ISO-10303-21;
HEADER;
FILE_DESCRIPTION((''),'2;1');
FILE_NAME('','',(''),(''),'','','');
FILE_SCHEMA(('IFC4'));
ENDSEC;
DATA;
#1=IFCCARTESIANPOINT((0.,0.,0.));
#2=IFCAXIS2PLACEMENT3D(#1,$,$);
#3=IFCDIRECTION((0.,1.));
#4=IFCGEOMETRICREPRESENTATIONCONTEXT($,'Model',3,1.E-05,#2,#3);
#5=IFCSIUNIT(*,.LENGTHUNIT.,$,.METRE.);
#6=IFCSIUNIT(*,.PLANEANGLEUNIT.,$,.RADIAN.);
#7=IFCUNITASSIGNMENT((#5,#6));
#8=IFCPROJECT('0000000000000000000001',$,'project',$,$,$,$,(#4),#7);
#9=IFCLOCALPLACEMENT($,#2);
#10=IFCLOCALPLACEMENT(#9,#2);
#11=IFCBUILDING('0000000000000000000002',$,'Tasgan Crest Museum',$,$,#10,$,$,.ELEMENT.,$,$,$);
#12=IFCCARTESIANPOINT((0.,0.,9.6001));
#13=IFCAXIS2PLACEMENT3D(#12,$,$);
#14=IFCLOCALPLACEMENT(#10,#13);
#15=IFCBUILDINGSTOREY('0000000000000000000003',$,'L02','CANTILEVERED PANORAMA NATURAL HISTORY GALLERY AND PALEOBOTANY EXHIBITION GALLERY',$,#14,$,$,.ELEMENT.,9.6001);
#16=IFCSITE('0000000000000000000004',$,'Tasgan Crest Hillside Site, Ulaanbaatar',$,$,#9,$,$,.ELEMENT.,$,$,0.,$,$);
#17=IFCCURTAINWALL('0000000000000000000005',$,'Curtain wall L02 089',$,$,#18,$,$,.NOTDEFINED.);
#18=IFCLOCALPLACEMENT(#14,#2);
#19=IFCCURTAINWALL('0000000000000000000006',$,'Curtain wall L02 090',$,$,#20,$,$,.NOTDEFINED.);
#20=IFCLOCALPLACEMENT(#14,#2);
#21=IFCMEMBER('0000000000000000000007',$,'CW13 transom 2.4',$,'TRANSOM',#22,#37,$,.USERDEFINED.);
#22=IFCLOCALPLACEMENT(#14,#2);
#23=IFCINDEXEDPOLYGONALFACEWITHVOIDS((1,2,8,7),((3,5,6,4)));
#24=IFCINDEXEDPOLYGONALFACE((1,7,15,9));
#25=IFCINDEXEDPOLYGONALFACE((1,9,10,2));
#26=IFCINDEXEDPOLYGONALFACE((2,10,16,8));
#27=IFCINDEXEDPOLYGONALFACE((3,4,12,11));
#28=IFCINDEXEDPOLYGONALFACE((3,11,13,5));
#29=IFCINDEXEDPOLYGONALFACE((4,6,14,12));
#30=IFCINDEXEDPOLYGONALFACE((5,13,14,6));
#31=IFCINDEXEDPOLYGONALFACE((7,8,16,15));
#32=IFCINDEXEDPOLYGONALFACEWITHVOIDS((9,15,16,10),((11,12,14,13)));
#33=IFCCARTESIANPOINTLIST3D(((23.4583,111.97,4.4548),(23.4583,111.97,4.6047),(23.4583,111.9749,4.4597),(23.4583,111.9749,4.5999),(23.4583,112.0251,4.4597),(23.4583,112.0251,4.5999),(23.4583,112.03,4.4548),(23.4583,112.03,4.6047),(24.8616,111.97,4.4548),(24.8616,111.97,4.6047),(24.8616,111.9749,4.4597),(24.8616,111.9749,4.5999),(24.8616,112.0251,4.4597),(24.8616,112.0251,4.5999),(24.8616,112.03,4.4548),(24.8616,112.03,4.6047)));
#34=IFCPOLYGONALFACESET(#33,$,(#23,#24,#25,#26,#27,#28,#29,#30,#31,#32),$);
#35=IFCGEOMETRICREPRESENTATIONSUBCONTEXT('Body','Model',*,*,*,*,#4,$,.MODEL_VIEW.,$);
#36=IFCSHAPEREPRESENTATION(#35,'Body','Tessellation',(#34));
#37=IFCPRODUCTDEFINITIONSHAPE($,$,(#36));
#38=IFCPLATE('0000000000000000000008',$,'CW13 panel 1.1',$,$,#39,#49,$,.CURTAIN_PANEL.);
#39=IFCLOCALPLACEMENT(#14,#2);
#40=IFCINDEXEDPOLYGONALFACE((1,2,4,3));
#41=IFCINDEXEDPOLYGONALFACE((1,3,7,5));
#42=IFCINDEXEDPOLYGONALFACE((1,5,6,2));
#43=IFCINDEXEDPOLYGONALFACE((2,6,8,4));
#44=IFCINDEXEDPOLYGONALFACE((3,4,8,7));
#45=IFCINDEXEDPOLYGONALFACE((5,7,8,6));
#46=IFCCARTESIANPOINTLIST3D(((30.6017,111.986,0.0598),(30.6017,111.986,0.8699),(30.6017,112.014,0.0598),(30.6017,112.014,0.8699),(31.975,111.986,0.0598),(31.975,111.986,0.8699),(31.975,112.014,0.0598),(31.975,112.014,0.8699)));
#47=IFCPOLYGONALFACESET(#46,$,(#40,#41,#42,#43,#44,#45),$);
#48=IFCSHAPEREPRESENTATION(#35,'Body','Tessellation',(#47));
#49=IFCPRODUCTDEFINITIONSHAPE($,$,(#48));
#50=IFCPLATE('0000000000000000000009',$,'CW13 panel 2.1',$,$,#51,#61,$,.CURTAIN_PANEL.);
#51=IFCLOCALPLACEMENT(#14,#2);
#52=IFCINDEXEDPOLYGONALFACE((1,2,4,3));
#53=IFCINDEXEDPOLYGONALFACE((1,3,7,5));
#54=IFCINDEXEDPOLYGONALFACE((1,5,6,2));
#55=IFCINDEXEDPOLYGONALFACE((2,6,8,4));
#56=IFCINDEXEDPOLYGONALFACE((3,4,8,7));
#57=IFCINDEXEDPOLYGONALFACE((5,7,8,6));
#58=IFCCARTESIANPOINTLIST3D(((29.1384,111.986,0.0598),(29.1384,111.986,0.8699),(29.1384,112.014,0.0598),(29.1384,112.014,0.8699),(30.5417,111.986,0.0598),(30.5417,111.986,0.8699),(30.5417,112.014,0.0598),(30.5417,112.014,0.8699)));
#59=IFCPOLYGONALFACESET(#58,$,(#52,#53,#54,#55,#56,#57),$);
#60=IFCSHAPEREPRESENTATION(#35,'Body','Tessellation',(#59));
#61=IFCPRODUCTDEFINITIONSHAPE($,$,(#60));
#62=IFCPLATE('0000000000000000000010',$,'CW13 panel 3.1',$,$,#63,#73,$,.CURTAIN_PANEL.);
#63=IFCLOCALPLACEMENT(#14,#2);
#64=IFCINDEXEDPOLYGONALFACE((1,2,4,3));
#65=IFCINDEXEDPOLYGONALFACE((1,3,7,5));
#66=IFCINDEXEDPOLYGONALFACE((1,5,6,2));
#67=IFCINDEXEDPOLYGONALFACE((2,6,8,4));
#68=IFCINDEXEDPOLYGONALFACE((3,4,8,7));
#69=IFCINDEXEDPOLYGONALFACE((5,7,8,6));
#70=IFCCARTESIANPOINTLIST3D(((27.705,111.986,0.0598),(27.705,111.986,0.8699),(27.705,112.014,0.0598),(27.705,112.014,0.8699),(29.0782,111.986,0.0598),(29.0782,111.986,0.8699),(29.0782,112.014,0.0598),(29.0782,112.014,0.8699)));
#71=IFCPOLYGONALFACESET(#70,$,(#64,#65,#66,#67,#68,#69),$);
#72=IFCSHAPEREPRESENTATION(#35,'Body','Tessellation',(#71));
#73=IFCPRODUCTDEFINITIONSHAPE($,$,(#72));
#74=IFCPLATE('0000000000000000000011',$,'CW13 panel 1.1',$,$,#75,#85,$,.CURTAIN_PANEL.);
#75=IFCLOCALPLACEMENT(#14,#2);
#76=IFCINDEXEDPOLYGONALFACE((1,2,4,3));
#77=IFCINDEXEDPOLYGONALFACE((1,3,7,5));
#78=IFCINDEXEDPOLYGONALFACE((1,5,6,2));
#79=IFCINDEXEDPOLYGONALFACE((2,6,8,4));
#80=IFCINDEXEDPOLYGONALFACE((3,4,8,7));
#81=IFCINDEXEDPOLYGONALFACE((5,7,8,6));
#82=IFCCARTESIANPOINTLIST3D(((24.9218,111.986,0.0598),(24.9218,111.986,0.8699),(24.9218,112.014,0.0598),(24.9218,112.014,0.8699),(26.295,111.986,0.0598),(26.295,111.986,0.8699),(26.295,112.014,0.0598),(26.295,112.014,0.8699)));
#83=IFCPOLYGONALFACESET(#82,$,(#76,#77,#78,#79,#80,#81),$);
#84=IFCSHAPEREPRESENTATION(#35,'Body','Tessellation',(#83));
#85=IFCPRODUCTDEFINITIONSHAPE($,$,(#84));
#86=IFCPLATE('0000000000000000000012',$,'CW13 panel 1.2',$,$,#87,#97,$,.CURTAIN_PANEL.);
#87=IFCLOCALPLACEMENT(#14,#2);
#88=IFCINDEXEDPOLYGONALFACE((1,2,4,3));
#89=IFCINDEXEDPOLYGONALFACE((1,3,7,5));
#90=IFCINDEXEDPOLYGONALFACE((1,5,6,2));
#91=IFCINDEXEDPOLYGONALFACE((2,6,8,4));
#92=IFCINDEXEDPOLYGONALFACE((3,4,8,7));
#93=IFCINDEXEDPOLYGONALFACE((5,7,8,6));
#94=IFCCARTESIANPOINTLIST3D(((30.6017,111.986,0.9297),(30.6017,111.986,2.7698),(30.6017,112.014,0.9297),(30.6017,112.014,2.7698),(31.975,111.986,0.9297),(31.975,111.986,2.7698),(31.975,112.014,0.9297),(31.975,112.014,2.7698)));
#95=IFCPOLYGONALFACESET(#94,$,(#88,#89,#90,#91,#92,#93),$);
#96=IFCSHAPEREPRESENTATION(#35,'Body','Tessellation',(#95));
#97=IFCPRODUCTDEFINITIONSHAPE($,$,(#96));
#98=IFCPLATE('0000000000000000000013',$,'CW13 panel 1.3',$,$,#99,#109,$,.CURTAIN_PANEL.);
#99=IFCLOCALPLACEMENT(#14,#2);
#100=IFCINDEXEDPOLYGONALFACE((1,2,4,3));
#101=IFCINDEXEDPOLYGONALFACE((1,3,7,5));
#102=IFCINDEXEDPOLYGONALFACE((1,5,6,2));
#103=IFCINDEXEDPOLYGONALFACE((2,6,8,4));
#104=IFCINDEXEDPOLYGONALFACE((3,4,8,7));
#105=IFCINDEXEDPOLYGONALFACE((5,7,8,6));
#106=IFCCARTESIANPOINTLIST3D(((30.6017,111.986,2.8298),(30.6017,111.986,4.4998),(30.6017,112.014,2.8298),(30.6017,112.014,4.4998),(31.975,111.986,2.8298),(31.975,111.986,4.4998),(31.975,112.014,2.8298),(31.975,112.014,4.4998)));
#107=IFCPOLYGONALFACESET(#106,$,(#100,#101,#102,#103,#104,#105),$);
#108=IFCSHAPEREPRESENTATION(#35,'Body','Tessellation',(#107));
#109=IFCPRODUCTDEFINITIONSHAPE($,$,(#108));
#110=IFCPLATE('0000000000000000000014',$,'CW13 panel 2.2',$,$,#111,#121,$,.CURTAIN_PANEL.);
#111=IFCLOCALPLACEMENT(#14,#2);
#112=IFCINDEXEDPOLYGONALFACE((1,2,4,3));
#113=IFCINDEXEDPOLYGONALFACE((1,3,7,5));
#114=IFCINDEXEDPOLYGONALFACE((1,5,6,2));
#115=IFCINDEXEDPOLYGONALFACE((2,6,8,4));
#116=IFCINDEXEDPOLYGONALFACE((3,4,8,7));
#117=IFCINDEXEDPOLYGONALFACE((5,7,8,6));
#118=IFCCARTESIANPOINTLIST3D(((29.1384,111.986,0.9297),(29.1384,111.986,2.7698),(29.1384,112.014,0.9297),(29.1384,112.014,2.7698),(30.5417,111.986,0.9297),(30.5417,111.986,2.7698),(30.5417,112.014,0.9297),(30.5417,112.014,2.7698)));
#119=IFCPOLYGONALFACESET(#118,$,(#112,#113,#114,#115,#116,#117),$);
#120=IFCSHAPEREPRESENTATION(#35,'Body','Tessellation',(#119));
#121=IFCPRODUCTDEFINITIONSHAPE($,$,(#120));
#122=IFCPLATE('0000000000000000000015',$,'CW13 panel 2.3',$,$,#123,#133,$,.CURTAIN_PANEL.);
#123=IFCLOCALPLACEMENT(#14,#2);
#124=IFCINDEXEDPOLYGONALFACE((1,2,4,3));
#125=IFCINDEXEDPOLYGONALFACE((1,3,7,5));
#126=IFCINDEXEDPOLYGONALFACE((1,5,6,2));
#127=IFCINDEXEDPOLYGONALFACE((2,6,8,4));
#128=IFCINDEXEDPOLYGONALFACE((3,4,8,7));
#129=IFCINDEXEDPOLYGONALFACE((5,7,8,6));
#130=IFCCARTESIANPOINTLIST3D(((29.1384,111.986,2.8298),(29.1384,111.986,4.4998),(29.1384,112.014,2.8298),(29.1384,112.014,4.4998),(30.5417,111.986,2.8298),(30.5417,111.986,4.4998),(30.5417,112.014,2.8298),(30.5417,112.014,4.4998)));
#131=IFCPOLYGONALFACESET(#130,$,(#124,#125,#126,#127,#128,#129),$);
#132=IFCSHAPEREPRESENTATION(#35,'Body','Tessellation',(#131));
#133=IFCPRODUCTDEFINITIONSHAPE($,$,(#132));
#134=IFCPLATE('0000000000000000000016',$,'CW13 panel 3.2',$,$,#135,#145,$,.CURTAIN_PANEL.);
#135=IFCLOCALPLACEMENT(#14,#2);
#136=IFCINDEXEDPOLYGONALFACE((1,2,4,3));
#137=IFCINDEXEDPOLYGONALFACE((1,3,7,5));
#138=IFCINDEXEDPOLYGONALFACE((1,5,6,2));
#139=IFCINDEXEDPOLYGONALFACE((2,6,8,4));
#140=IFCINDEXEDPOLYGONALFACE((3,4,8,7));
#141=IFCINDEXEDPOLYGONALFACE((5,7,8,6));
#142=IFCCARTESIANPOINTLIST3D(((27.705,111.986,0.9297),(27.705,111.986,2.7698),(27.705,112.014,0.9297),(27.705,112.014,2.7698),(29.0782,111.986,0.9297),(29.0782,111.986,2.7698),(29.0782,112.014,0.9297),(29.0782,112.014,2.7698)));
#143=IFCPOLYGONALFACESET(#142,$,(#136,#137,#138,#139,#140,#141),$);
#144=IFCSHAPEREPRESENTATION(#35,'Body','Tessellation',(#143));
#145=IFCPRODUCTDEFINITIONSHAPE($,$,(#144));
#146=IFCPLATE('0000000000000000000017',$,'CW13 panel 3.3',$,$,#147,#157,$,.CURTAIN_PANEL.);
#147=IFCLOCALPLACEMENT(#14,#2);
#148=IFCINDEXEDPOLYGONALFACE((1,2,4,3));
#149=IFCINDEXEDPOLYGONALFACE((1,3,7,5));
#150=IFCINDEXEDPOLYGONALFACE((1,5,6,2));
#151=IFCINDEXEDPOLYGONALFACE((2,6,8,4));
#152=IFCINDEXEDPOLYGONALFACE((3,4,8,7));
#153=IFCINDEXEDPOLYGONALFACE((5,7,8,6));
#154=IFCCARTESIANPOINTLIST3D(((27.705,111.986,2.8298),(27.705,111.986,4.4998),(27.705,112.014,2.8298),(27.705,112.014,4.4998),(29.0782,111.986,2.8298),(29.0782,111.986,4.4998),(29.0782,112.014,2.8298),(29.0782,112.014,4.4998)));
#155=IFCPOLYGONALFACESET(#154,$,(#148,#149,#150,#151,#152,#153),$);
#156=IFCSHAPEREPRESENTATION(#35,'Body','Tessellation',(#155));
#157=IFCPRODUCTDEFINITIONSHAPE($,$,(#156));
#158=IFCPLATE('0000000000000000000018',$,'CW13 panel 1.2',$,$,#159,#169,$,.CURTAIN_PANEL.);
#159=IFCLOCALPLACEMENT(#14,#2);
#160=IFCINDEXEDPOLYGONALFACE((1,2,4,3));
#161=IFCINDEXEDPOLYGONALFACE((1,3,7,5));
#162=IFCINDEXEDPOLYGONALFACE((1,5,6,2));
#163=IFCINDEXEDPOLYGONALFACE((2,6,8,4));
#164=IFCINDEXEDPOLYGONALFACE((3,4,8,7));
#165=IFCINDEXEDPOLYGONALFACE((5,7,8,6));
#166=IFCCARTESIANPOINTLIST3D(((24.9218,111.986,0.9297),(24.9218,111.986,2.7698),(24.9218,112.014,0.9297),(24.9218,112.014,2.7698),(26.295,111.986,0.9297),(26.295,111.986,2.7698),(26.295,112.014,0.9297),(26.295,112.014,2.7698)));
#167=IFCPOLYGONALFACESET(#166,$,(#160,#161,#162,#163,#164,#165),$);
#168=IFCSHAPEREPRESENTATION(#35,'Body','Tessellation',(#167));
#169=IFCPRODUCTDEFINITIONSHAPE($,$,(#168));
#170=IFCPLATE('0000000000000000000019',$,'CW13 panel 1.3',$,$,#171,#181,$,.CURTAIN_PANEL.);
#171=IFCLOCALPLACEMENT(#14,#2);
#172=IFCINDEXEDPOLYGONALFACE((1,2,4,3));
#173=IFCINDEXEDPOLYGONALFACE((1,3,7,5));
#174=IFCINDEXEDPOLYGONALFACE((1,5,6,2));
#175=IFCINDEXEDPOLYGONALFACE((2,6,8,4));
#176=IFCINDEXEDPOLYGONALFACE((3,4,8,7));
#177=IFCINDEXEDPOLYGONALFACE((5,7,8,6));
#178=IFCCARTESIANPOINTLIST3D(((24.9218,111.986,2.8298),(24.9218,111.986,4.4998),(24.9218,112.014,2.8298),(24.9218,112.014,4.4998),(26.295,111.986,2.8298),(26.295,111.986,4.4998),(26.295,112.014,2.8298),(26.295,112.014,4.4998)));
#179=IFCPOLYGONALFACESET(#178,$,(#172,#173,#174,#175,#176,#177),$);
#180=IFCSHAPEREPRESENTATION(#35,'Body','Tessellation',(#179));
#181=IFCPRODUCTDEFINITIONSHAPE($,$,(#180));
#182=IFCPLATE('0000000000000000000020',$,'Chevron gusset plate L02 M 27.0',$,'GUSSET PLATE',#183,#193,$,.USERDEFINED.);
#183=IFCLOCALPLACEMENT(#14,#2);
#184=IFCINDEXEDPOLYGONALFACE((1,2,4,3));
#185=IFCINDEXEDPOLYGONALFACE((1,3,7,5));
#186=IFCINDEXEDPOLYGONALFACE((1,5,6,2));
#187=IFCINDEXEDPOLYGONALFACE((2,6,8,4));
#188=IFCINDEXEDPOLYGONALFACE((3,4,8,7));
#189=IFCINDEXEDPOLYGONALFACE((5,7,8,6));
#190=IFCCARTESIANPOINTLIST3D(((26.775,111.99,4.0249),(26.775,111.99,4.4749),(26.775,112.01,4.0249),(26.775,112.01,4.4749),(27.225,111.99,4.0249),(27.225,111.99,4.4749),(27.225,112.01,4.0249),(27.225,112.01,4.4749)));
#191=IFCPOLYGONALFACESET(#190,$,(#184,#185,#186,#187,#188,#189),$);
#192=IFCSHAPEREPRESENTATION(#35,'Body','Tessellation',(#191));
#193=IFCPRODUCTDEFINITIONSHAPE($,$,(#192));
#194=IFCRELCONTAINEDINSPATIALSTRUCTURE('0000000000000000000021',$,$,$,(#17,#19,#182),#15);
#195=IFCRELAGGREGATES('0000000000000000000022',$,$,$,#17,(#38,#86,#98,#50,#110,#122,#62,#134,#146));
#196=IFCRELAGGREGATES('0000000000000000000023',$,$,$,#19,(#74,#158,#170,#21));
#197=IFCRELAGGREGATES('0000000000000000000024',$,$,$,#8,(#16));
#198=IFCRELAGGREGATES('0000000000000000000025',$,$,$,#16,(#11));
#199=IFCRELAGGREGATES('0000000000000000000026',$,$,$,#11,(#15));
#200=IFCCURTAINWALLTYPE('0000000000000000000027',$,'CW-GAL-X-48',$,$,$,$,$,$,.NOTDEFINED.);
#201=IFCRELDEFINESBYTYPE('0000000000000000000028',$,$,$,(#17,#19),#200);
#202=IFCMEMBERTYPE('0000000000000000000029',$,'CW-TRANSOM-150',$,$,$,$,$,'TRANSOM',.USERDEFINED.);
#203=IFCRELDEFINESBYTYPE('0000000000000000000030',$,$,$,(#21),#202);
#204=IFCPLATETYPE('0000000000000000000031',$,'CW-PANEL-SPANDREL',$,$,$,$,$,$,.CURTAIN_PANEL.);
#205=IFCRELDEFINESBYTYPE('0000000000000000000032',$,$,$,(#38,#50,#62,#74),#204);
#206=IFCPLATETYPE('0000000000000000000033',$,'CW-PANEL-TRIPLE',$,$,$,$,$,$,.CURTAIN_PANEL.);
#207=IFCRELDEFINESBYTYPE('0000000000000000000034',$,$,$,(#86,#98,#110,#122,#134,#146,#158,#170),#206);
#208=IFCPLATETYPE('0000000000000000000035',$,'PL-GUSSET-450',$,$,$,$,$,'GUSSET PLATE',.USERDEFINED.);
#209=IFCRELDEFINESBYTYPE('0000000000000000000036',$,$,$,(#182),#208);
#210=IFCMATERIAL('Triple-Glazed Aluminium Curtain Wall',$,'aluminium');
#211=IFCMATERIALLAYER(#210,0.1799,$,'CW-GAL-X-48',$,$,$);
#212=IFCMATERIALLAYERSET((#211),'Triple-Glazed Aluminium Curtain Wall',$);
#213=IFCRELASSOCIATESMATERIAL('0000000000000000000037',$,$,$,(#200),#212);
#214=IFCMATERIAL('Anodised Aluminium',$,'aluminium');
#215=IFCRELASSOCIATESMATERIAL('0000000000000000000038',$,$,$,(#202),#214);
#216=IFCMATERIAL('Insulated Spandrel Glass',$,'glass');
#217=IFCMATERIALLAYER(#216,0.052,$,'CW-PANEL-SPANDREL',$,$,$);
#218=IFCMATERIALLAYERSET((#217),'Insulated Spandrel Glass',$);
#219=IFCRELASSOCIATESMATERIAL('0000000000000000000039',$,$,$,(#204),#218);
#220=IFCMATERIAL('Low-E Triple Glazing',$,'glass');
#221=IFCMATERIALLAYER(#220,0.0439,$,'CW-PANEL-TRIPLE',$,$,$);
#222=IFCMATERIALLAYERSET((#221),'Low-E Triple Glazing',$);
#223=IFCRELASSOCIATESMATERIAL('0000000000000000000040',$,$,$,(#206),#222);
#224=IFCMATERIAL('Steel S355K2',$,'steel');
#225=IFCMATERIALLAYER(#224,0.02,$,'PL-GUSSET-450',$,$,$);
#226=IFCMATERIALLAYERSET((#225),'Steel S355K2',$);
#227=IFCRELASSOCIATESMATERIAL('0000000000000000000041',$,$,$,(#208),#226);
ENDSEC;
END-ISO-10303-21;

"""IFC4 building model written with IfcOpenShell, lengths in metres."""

from ifc_helpers import new_model, si_unit, direction, frame, origin, origin_2d, place, context, subcontext, project, spatial, rectangle, hollow_rectangle, extrude, material, layer, layer_set, material_profile, profile_set, type_object, element, aggregate, save


model = new_model("IFC4")

# Units and contexts
model_context = context("Model", 3, precision=1e-05, world=origin(), true_north=direction((0.0, 1.0)))
body_context = subcontext(model_context, "Body", "Model", "MODEL_VIEW")
ifc_project = project(units=[si_unit("LENGTHUNIT", "METRE"), si_unit("PLANEANGLEUNIT", "RADIAN")], contexts=[model_context])

# Site, building, storey
site_placement = place(None, origin())
site = spatial("IfcSite", under=ifc_project, at=site_placement, Name="Tasgan Crest Hillside Site, Ulaanbaatar", CompositionType="ELEMENT", RefElevation=0.0)
building_placement = place(site_placement, origin())
building = spatial("IfcBuilding", under=site, at=building_placement, Name="Tasgan Crest Museum", CompositionType="ELEMENT")
storey_placement = place(building_placement, frame((0.0, 0.0, 9.6001)))
storey = spatial("IfcBuildingStorey", under=building, at=storey_placement, Name="L02", Description="CANTILEVERED PANORAMA NATURAL HISTORY GALLERY AND PALEOBOTANY EXHIBITION GALLERY", CompositionType="ELEMENT", Elevation=9.6001)

# Curtain walls
ifc_material_1 = material(Name="Triple-Glazed Aluminium Curtain Wall", Category="aluminium")
ifc_layer_1 = layer(ifc_material_1, 0.1799, Name="CW-GAL-X-48")
ifc_layer_set_1 = layer_set([ifc_layer_1], Name="Triple-Glazed Aluminium Curtain Wall")
curtain_wall_type = type_object("IfcCurtainWallType", Name="CW-GAL-X-48", PredefinedType="NOTDEFINED", material=ifc_layer_set_1)
curtain_wall_1_placement = place(storey_placement, origin())
curtain_wall_1 = element("IfcCurtainWall", 1, at=curtain_wall_1_placement, inside=storey, type_object=curtain_wall_type, Name="Curtain wall L02 089", PredefinedType="NOTDEFINED")
curtain_wall_2_placement = place(storey_placement, origin())
curtain_wall_2 = element("IfcCurtainWall", 2, at=curtain_wall_2_placement, inside=storey, type_object=curtain_wall_type, Name="Curtain wall L02 090", PredefinedType="NOTDEFINED")

# Member
ifc_material_2 = material(Name="Anodised Aluminium", Category="aluminium")
ifc_material_profile_1 = material_profile(ifc_material_2, hollow_rectangle(XDim=0.0601, YDim=0.1499, WallThickness=0.0049, at=origin_2d()), Name="ALU TRANSOM 150x60x5")
ifc_profile_set_1 = profile_set([ifc_material_profile_1], Name="Anodised Aluminium")
member_type_1 = type_object("IfcMemberType", Name="CW-TRANSOM-150", ElementType="TRANSOM", PredefinedType="USERDEFINED", material=ifc_profile_set_1)
member_1_placement = place(storey_placement, frame((24.8616, 112.0, 4.5298), z_axis=(-1.0, 0.0, 0.0), x_axis=(0.0, -1.0, 0.0)))
member_1 = element("IfcMember", 3, at=member_1_placement, type_object=member_type_1, Name="CW13 transom 2.4", ObjectType="TRANSOM", PredefinedType="USERDEFINED", context=body_context, shape_type="SweptSolid", body=[
    extrude(hollow_rectangle(XDim=0.0601, YDim=0.1499, WallThickness=0.0049, at=origin_2d()), origin(), (0.0, 0.0, 1.0), 1.4033),
])

# Plates
ifc_material_3 = material(Name="Insulated Spandrel Glass", Category="glass")
ifc_layer_2 = layer(ifc_material_3, 0.052, Name="CW-PANEL-SPANDREL")
ifc_layer_set_2 = layer_set([ifc_layer_2], Name="Insulated Spandrel Glass")
plate_type_1 = type_object("IfcPlateType", Name="CW-PANEL-SPANDREL", PredefinedType="CURTAIN_PANEL", material=ifc_layer_set_2)
plate_1_placement = place(storey_placement, frame((31.2883, 112.0, 0.0598), z_axis=(0.0, 0.0, 1.0), x_axis=(-1.0, 0.0, 0.0)))
plate_1 = element("IfcPlate", 4, at=plate_1_placement, type_object=plate_type_1, Name="CW13 panel 1.1", PredefinedType="CURTAIN_PANEL", context=body_context, shape_type="SweptSolid", body=[
    extrude(rectangle(XDim=1.3733, YDim=0.0281, at=origin_2d()), origin(), (0.0, 0.0, 1.0), 0.8101),
])
plate_2_placement = place(storey_placement, frame((29.8401, 112.0, 0.0598), z_axis=(0.0, 0.0, 1.0), x_axis=(-1.0, 0.0, 0.0)))
plate_2 = element("IfcPlate", 5, at=plate_2_placement, type_object=plate_type_1, Name="CW13 panel 2.1", PredefinedType="CURTAIN_PANEL", context=body_context, shape_type="SweptSolid", body=[
    extrude(rectangle(XDim=1.4033, YDim=0.0281, at=origin_2d()), origin(), (0.0, 0.0, 1.0), 0.8101),
])
plate_3_placement = place(storey_placement, frame((28.3916, 112.0, 0.0598), z_axis=(0.0, 0.0, 1.0), x_axis=(-1.0, 0.0, 0.0)))
plate_3 = element("IfcPlate", 6, at=plate_3_placement, type_object=plate_type_1, Name="CW13 panel 3.1", PredefinedType="CURTAIN_PANEL", context=body_context, shape_type="SweptSolid", body=[
    extrude(rectangle(XDim=1.3733, YDim=0.0281, at=origin_2d()), origin(), (0.0, 0.0, 1.0), 0.8101),
])
plate_4_placement = place(storey_placement, frame((25.6084, 112.0, 0.0598), z_axis=(0.0, 0.0, 1.0), x_axis=(-1.0, 0.0, 0.0)))
plate_4 = element("IfcPlate", 7, at=plate_4_placement, type_object=plate_type_1, Name="CW13 panel 1.1", PredefinedType="CURTAIN_PANEL", context=body_context, shape_type="SweptSolid", body=[
    extrude(rectangle(XDim=1.3733, YDim=0.0281, at=origin_2d()), origin(), (0.0, 0.0, 1.0), 0.8101),
])
ifc_material_4 = material(Name="Low-E Triple Glazing", Category="glass")
ifc_layer_3 = layer(ifc_material_4, 0.0439, Name="CW-PANEL-TRIPLE")
ifc_layer_set_3 = layer_set([ifc_layer_3], Name="Low-E Triple Glazing")
plate_type_2 = type_object("IfcPlateType", Name="CW-PANEL-TRIPLE", PredefinedType="CURTAIN_PANEL", material=ifc_layer_set_3)
plate_5_placement = place(storey_placement, frame((31.2883, 112.0, 0.9297), z_axis=(0.0, 0.0, 1.0), x_axis=(-1.0, 0.0, 0.0)))
plate_5 = element("IfcPlate", 8, at=plate_5_placement, type_object=plate_type_2, Name="CW13 panel 1.2", PredefinedType="CURTAIN_PANEL", context=body_context, shape_type="SweptSolid", body=[
    extrude(rectangle(XDim=1.3733, YDim=0.0281, at=origin_2d()), origin(), (0.0, 0.0, 1.0), 1.8401),
])
plate_6_placement = place(storey_placement, frame((31.2883, 112.0, 2.8298), z_axis=(0.0, 0.0, 1.0), x_axis=(-1.0, 0.0, 0.0)))
plate_6 = element("IfcPlate", 9, at=plate_6_placement, type_object=plate_type_2, Name="CW13 panel 1.3", PredefinedType="CURTAIN_PANEL", context=body_context, shape_type="SweptSolid", body=[
    extrude(rectangle(XDim=1.3733, YDim=0.0281, at=origin_2d()), origin(), (0.0, 0.0, 1.0), 1.6699),
])
plate_7_placement = place(storey_placement, frame((29.8401, 112.0, 0.9297), z_axis=(0.0, 0.0, 1.0), x_axis=(-1.0, 0.0, 0.0)))
plate_7 = element("IfcPlate", 10, at=plate_7_placement, type_object=plate_type_2, Name="CW13 panel 2.2", PredefinedType="CURTAIN_PANEL", context=body_context, shape_type="SweptSolid", body=[
    extrude(rectangle(XDim=1.4033, YDim=0.0281, at=origin_2d()), origin(), (0.0, 0.0, 1.0), 1.8401),
])
plate_8_placement = place(storey_placement, frame((29.8401, 112.0, 2.8298), z_axis=(0.0, 0.0, 1.0), x_axis=(-1.0, 0.0, 0.0)))
plate_8 = element("IfcPlate", 11, at=plate_8_placement, type_object=plate_type_2, Name="CW13 panel 2.3", PredefinedType="CURTAIN_PANEL", context=body_context, shape_type="SweptSolid", body=[
    extrude(rectangle(XDim=1.4033, YDim=0.0281, at=origin_2d()), origin(), (0.0, 0.0, 1.0), 1.6699),
])
plate_9_placement = place(storey_placement, frame((28.3916, 112.0, 0.9297), z_axis=(0.0, 0.0, 1.0), x_axis=(-1.0, 0.0, 0.0)))
plate_9 = element("IfcPlate", 12, at=plate_9_placement, type_object=plate_type_2, Name="CW13 panel 3.2", PredefinedType="CURTAIN_PANEL", context=body_context, shape_type="SweptSolid", body=[
    extrude(rectangle(XDim=1.3733, YDim=0.0281, at=origin_2d()), origin(), (0.0, 0.0, 1.0), 1.8401),
])
plate_10_placement = place(storey_placement, frame((28.3916, 112.0, 2.8298), z_axis=(0.0, 0.0, 1.0), x_axis=(-1.0, 0.0, 0.0)))
plate_10 = element("IfcPlate", 13, at=plate_10_placement, type_object=plate_type_2, Name="CW13 panel 3.3", PredefinedType="CURTAIN_PANEL", context=body_context, shape_type="SweptSolid", body=[
    extrude(rectangle(XDim=1.3733, YDim=0.0281, at=origin_2d()), origin(), (0.0, 0.0, 1.0), 1.6699),
])
aggregate(curtain_wall_1, [plate_1, plate_5, plate_6, plate_2, plate_7, plate_8, plate_3, plate_9, plate_10])
plate_11_placement = place(storey_placement, frame((25.6084, 112.0, 0.9297), z_axis=(0.0, 0.0, 1.0), x_axis=(-1.0, 0.0, 0.0)))
plate_11 = element("IfcPlate", 14, at=plate_11_placement, type_object=plate_type_2, Name="CW13 panel 1.2", PredefinedType="CURTAIN_PANEL", context=body_context, shape_type="SweptSolid", body=[
    extrude(rectangle(XDim=1.3733, YDim=0.0281, at=origin_2d()), origin(), (0.0, 0.0, 1.0), 1.8401),
])
plate_12_placement = place(storey_placement, frame((25.6084, 112.0, 2.8298), z_axis=(0.0, 0.0, 1.0), x_axis=(-1.0, 0.0, 0.0)))
plate_12 = element("IfcPlate", 15, at=plate_12_placement, type_object=plate_type_2, Name="CW13 panel 1.3", PredefinedType="CURTAIN_PANEL", context=body_context, shape_type="SweptSolid", body=[
    extrude(rectangle(XDim=1.3733, YDim=0.0281, at=origin_2d()), origin(), (0.0, 0.0, 1.0), 1.6699),
])
aggregate(curtain_wall_2, [plate_4, plate_11, plate_12, member_1])
ifc_material_5 = material(Name="Steel S355K2", Category="steel")
ifc_layer_4 = layer(ifc_material_5, 0.02, Name="PL-GUSSET-450")
ifc_layer_set_4 = layer_set([ifc_layer_4], Name="Steel S355K2")
plate_type_3 = type_object("IfcPlateType", Name="PL-GUSSET-450", ElementType="GUSSET PLATE", PredefinedType="USERDEFINED", material=ifc_layer_set_4)
plate_13_placement = place(storey_placement, frame((27.0, 112.0, 4.0249), z_axis=(0.0, 0.0, 1.0), x_axis=(1.0, 0.0, 0.0)))
element("IfcPlate", 16, at=plate_13_placement, inside=storey, type_object=plate_type_3, Name="Chevron gusset plate L02 M 27.0", ObjectType="GUSSET PLATE", PredefinedType="USERDEFINED", context=body_context, shape_type="SweptSolid", body=[
    extrude(rectangle(XDim=0.45, YDim=0.02, at=origin_2d()), origin(), (0.0, 0.0, 1.0), 0.45),
])

save(model, "model.ifc")
